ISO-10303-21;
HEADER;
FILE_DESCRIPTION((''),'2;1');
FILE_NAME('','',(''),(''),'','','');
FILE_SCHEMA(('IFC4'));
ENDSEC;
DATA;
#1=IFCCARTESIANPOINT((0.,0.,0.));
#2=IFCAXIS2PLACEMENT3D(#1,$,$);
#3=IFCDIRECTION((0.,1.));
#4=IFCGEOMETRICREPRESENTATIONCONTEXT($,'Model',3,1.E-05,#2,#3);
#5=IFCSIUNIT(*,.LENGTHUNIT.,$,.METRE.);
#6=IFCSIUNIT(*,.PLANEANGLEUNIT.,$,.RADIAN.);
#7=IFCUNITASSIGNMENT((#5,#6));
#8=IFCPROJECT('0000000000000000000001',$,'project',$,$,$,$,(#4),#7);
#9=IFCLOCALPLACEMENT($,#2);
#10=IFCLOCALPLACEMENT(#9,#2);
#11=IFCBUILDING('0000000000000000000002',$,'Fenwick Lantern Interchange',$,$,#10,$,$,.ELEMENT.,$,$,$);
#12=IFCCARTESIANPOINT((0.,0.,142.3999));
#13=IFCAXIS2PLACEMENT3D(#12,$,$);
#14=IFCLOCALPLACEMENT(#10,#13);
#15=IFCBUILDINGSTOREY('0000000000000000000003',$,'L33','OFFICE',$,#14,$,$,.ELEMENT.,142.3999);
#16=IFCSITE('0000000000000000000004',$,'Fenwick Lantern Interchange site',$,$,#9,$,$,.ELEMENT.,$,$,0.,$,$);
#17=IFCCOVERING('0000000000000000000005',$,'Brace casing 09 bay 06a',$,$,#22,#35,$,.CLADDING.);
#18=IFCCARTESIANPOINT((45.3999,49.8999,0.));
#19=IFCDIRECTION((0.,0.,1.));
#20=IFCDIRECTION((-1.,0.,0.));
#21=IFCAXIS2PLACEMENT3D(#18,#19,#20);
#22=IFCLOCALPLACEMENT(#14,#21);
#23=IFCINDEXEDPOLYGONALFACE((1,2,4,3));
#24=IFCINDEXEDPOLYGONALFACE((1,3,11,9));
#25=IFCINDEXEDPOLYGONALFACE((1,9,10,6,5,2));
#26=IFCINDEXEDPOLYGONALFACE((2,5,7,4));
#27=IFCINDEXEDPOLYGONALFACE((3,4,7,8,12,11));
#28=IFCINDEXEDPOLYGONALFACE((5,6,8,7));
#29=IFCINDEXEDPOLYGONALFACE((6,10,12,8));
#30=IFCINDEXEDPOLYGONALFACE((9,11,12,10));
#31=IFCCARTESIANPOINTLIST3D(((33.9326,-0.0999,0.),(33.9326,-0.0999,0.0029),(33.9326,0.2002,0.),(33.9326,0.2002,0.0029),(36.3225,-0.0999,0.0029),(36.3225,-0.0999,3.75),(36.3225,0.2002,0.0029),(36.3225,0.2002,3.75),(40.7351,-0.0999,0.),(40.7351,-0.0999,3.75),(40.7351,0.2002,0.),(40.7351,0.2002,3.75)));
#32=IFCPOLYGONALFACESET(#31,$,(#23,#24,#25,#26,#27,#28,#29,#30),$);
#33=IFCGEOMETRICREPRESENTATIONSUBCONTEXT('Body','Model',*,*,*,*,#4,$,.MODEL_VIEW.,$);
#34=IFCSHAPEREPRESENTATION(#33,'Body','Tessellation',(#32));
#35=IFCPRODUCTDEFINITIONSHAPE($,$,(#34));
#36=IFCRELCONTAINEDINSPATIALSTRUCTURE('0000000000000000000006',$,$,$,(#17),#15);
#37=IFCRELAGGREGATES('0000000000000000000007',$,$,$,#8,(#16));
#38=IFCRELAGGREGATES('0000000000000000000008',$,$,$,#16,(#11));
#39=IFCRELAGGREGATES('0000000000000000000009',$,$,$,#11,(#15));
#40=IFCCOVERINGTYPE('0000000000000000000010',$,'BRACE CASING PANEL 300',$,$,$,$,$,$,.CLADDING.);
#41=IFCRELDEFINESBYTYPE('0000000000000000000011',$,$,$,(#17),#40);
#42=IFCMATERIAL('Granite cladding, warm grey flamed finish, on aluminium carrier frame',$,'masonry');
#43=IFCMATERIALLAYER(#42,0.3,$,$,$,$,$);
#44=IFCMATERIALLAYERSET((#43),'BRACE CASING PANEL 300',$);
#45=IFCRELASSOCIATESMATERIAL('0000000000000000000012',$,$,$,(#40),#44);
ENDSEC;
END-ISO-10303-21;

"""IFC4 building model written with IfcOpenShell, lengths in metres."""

from ifc_helpers import new_model, si_unit, direction, frame, origin, place, context, subcontext, project, spatial, polyline, outline, extrude, material, layer, layer_set, type_object, element, save


model = new_model("IFC4")

# Units and contexts
model_context = context("Model", 3, precision=1e-05, world=origin(), true_north=direction((0.0, 1.0)))
body_context = subcontext(model_context, "Body", "Model", "MODEL_VIEW")
ifc_project = project(units=[si_unit("LENGTHUNIT", "METRE"), si_unit("PLANEANGLEUNIT", "RADIAN")], contexts=[model_context])

# Site, building, storey
site_placement = place(None, origin())
site = spatial("IfcSite", under=ifc_project, at=site_placement, Name="Fenwick Lantern Interchange site", CompositionType="ELEMENT", RefElevation=0.0)
building_placement = place(site_placement, origin())
building = spatial("IfcBuilding", under=site, at=building_placement, Name="Fenwick Lantern Interchange", CompositionType="ELEMENT")
storey_placement = place(building_placement, frame((0.0, 0.0, 142.3999)))
storey = spatial("IfcBuildingStorey", under=building, at=storey_placement, Name="L33", Description="OFFICE", CompositionType="ELEMENT", Elevation=142.3999)

# Covering
ifc_material_1 = material(Name="Granite cladding, warm grey flamed finish, on aluminium carrier frame", Category="masonry")
ifc_layer_1 = layer(ifc_material_1, 0.3)
ifc_layer_set_1 = layer_set([ifc_layer_1], Name="BRACE CASING PANEL 300")
covering_type = type_object("IfcCoveringType", Name="BRACE CASING PANEL 300", PredefinedType="CLADDING", material=ifc_layer_set_1)
covering_1_placement = place(storey_placement, frame((45.3999, 49.8999, 0.0), z_axis=(0.0, 0.0, 1.0), x_axis=(-1.0, 0.0, 0.0)))
element("IfcCovering", 1, at=covering_1_placement, inside=storey, type_object=covering_type, Name="Brace casing 09 bay 06a", PredefinedType="CLADDING", context=body_context, shape_type="SweptSolid", body=[
    extrude(outline(polyline([(33.9326, 0.0), (40.7351, 0.0), (40.7351, 3.75), (36.3225, 3.75), (36.3225, 0.0029), (33.9326, 0.0029), (33.9326, 0.0)])), frame((0.0, 0.2002, 0.0), z_axis=(0.0, -1.0, 0.0), x_axis=(1.0, 0.0, 0.0)), (0.0, 0.0, 1.0), 0.3),
])

save(model, "model.ifc")
